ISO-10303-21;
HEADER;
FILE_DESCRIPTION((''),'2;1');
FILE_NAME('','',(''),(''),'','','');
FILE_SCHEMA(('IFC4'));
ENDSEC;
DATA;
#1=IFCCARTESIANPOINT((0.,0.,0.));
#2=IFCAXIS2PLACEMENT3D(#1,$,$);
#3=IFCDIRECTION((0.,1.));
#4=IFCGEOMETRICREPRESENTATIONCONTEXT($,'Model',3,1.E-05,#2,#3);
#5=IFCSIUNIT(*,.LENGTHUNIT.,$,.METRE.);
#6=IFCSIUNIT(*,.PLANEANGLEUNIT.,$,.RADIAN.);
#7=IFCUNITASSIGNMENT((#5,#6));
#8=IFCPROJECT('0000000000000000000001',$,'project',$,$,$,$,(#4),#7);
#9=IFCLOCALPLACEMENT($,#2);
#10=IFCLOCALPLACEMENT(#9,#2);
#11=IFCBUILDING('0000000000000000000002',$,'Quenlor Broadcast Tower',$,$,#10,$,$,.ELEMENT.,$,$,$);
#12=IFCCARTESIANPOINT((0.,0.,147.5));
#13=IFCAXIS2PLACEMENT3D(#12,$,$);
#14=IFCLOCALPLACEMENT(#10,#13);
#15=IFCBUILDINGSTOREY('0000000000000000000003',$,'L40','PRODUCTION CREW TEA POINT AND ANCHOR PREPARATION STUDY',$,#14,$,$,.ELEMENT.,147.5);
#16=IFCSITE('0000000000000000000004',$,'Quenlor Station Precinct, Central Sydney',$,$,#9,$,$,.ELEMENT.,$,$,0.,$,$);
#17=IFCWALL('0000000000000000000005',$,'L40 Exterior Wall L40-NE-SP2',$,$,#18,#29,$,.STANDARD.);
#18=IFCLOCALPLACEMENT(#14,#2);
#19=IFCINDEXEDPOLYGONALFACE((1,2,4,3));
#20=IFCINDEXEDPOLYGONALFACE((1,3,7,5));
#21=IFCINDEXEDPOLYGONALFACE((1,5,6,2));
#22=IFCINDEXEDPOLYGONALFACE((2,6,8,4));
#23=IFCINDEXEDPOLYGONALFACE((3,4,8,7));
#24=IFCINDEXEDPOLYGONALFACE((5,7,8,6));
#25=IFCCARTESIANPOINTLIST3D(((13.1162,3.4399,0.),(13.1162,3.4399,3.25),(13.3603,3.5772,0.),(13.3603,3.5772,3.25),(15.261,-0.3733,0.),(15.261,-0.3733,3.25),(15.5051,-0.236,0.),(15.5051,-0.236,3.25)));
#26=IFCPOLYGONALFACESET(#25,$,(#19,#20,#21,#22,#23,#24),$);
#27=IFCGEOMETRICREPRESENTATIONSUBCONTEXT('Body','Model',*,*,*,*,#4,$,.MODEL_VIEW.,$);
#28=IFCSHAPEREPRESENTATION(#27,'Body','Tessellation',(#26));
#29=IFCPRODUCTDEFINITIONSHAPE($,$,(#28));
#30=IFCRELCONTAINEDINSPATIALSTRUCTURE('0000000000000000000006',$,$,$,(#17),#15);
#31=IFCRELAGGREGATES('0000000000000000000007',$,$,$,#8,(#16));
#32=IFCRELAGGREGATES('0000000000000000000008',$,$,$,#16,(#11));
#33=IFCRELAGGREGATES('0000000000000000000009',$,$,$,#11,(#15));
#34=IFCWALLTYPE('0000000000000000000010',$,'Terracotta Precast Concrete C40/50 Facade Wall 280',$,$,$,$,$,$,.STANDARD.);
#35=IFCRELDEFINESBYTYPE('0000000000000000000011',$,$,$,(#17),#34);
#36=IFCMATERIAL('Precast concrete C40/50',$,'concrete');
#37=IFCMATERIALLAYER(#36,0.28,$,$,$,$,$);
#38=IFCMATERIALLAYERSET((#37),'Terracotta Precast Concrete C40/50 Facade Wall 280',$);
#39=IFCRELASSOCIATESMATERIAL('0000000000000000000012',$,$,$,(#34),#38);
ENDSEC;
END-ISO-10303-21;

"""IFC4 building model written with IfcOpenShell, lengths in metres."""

from ifc_helpers import new_model, si_unit, direction, frame, frame_2d, origin, place, context, subcontext, project, spatial, rectangle, extrude, material, layer, layer_set, type_object, element, save


model = new_model("IFC4")

# Units and contexts
model_context = context("Model", 3, precision=1e-05, world=origin(), true_north=direction((0.0, 1.0)))
body_context = subcontext(model_context, "Body", "Model", "MODEL_VIEW")
ifc_project = project(units=[si_unit("LENGTHUNIT", "METRE"), si_unit("PLANEANGLEUNIT", "RADIAN")], contexts=[model_context])

# Site, building, storey
site_placement = place(None, origin())
site = spatial("IfcSite", under=ifc_project, at=site_placement, Name="Quenlor Station Precinct, Central Sydney", CompositionType="ELEMENT", RefElevation=0.0)
building_placement = place(site_placement, origin())
building = spatial("IfcBuilding", under=site, at=building_placement, Name="Quenlor Broadcast Tower", CompositionType="ELEMENT")
storey_placement = place(building_placement, frame((0.0, 0.0, 147.5)))
storey = spatial("IfcBuildingStorey", under=building, at=storey_placement, Name="L40", Description="PRODUCTION CREW TEA POINT AND ANCHOR PREPARATION STUDY", CompositionType="ELEMENT", Elevation=147.5)

# Wall
ifc_material_1 = material(Name="Precast concrete C40/50", Category="concrete")
ifc_layer_1 = layer(ifc_material_1, 0.28)
ifc_layer_set_1 = layer_set([ifc_layer_1], Name="Terracotta Precast Concrete C40/50 Facade Wall 280")
wall_type_1 = type_object("IfcWallType", Name="Terracotta Precast Concrete C40/50 Facade Wall 280", PredefinedType="STANDARD", material=ifc_layer_set_1)
wall_1_placement = place(storey_placement, frame((13.2383, 3.5085, 0.0), z_axis=(0.0, 0.0, 1.0), x_axis=(0.490232, -0.871592, 0.0)))
element("IfcWall", 1, at=wall_1_placement, inside=storey, type_object=wall_type_1, Name="L40 Exterior Wall L40-NE-SP2", PredefinedType="STANDARD", context=body_context, shape_type="SweptSolid", body=[
    extrude(rectangle(XDim=4.375, YDim=0.28, at=frame_2d((2.1875, 0.0))), origin(), (0.0, 0.0, 1.0), 3.25),
])

save(model, "model.ifc")
